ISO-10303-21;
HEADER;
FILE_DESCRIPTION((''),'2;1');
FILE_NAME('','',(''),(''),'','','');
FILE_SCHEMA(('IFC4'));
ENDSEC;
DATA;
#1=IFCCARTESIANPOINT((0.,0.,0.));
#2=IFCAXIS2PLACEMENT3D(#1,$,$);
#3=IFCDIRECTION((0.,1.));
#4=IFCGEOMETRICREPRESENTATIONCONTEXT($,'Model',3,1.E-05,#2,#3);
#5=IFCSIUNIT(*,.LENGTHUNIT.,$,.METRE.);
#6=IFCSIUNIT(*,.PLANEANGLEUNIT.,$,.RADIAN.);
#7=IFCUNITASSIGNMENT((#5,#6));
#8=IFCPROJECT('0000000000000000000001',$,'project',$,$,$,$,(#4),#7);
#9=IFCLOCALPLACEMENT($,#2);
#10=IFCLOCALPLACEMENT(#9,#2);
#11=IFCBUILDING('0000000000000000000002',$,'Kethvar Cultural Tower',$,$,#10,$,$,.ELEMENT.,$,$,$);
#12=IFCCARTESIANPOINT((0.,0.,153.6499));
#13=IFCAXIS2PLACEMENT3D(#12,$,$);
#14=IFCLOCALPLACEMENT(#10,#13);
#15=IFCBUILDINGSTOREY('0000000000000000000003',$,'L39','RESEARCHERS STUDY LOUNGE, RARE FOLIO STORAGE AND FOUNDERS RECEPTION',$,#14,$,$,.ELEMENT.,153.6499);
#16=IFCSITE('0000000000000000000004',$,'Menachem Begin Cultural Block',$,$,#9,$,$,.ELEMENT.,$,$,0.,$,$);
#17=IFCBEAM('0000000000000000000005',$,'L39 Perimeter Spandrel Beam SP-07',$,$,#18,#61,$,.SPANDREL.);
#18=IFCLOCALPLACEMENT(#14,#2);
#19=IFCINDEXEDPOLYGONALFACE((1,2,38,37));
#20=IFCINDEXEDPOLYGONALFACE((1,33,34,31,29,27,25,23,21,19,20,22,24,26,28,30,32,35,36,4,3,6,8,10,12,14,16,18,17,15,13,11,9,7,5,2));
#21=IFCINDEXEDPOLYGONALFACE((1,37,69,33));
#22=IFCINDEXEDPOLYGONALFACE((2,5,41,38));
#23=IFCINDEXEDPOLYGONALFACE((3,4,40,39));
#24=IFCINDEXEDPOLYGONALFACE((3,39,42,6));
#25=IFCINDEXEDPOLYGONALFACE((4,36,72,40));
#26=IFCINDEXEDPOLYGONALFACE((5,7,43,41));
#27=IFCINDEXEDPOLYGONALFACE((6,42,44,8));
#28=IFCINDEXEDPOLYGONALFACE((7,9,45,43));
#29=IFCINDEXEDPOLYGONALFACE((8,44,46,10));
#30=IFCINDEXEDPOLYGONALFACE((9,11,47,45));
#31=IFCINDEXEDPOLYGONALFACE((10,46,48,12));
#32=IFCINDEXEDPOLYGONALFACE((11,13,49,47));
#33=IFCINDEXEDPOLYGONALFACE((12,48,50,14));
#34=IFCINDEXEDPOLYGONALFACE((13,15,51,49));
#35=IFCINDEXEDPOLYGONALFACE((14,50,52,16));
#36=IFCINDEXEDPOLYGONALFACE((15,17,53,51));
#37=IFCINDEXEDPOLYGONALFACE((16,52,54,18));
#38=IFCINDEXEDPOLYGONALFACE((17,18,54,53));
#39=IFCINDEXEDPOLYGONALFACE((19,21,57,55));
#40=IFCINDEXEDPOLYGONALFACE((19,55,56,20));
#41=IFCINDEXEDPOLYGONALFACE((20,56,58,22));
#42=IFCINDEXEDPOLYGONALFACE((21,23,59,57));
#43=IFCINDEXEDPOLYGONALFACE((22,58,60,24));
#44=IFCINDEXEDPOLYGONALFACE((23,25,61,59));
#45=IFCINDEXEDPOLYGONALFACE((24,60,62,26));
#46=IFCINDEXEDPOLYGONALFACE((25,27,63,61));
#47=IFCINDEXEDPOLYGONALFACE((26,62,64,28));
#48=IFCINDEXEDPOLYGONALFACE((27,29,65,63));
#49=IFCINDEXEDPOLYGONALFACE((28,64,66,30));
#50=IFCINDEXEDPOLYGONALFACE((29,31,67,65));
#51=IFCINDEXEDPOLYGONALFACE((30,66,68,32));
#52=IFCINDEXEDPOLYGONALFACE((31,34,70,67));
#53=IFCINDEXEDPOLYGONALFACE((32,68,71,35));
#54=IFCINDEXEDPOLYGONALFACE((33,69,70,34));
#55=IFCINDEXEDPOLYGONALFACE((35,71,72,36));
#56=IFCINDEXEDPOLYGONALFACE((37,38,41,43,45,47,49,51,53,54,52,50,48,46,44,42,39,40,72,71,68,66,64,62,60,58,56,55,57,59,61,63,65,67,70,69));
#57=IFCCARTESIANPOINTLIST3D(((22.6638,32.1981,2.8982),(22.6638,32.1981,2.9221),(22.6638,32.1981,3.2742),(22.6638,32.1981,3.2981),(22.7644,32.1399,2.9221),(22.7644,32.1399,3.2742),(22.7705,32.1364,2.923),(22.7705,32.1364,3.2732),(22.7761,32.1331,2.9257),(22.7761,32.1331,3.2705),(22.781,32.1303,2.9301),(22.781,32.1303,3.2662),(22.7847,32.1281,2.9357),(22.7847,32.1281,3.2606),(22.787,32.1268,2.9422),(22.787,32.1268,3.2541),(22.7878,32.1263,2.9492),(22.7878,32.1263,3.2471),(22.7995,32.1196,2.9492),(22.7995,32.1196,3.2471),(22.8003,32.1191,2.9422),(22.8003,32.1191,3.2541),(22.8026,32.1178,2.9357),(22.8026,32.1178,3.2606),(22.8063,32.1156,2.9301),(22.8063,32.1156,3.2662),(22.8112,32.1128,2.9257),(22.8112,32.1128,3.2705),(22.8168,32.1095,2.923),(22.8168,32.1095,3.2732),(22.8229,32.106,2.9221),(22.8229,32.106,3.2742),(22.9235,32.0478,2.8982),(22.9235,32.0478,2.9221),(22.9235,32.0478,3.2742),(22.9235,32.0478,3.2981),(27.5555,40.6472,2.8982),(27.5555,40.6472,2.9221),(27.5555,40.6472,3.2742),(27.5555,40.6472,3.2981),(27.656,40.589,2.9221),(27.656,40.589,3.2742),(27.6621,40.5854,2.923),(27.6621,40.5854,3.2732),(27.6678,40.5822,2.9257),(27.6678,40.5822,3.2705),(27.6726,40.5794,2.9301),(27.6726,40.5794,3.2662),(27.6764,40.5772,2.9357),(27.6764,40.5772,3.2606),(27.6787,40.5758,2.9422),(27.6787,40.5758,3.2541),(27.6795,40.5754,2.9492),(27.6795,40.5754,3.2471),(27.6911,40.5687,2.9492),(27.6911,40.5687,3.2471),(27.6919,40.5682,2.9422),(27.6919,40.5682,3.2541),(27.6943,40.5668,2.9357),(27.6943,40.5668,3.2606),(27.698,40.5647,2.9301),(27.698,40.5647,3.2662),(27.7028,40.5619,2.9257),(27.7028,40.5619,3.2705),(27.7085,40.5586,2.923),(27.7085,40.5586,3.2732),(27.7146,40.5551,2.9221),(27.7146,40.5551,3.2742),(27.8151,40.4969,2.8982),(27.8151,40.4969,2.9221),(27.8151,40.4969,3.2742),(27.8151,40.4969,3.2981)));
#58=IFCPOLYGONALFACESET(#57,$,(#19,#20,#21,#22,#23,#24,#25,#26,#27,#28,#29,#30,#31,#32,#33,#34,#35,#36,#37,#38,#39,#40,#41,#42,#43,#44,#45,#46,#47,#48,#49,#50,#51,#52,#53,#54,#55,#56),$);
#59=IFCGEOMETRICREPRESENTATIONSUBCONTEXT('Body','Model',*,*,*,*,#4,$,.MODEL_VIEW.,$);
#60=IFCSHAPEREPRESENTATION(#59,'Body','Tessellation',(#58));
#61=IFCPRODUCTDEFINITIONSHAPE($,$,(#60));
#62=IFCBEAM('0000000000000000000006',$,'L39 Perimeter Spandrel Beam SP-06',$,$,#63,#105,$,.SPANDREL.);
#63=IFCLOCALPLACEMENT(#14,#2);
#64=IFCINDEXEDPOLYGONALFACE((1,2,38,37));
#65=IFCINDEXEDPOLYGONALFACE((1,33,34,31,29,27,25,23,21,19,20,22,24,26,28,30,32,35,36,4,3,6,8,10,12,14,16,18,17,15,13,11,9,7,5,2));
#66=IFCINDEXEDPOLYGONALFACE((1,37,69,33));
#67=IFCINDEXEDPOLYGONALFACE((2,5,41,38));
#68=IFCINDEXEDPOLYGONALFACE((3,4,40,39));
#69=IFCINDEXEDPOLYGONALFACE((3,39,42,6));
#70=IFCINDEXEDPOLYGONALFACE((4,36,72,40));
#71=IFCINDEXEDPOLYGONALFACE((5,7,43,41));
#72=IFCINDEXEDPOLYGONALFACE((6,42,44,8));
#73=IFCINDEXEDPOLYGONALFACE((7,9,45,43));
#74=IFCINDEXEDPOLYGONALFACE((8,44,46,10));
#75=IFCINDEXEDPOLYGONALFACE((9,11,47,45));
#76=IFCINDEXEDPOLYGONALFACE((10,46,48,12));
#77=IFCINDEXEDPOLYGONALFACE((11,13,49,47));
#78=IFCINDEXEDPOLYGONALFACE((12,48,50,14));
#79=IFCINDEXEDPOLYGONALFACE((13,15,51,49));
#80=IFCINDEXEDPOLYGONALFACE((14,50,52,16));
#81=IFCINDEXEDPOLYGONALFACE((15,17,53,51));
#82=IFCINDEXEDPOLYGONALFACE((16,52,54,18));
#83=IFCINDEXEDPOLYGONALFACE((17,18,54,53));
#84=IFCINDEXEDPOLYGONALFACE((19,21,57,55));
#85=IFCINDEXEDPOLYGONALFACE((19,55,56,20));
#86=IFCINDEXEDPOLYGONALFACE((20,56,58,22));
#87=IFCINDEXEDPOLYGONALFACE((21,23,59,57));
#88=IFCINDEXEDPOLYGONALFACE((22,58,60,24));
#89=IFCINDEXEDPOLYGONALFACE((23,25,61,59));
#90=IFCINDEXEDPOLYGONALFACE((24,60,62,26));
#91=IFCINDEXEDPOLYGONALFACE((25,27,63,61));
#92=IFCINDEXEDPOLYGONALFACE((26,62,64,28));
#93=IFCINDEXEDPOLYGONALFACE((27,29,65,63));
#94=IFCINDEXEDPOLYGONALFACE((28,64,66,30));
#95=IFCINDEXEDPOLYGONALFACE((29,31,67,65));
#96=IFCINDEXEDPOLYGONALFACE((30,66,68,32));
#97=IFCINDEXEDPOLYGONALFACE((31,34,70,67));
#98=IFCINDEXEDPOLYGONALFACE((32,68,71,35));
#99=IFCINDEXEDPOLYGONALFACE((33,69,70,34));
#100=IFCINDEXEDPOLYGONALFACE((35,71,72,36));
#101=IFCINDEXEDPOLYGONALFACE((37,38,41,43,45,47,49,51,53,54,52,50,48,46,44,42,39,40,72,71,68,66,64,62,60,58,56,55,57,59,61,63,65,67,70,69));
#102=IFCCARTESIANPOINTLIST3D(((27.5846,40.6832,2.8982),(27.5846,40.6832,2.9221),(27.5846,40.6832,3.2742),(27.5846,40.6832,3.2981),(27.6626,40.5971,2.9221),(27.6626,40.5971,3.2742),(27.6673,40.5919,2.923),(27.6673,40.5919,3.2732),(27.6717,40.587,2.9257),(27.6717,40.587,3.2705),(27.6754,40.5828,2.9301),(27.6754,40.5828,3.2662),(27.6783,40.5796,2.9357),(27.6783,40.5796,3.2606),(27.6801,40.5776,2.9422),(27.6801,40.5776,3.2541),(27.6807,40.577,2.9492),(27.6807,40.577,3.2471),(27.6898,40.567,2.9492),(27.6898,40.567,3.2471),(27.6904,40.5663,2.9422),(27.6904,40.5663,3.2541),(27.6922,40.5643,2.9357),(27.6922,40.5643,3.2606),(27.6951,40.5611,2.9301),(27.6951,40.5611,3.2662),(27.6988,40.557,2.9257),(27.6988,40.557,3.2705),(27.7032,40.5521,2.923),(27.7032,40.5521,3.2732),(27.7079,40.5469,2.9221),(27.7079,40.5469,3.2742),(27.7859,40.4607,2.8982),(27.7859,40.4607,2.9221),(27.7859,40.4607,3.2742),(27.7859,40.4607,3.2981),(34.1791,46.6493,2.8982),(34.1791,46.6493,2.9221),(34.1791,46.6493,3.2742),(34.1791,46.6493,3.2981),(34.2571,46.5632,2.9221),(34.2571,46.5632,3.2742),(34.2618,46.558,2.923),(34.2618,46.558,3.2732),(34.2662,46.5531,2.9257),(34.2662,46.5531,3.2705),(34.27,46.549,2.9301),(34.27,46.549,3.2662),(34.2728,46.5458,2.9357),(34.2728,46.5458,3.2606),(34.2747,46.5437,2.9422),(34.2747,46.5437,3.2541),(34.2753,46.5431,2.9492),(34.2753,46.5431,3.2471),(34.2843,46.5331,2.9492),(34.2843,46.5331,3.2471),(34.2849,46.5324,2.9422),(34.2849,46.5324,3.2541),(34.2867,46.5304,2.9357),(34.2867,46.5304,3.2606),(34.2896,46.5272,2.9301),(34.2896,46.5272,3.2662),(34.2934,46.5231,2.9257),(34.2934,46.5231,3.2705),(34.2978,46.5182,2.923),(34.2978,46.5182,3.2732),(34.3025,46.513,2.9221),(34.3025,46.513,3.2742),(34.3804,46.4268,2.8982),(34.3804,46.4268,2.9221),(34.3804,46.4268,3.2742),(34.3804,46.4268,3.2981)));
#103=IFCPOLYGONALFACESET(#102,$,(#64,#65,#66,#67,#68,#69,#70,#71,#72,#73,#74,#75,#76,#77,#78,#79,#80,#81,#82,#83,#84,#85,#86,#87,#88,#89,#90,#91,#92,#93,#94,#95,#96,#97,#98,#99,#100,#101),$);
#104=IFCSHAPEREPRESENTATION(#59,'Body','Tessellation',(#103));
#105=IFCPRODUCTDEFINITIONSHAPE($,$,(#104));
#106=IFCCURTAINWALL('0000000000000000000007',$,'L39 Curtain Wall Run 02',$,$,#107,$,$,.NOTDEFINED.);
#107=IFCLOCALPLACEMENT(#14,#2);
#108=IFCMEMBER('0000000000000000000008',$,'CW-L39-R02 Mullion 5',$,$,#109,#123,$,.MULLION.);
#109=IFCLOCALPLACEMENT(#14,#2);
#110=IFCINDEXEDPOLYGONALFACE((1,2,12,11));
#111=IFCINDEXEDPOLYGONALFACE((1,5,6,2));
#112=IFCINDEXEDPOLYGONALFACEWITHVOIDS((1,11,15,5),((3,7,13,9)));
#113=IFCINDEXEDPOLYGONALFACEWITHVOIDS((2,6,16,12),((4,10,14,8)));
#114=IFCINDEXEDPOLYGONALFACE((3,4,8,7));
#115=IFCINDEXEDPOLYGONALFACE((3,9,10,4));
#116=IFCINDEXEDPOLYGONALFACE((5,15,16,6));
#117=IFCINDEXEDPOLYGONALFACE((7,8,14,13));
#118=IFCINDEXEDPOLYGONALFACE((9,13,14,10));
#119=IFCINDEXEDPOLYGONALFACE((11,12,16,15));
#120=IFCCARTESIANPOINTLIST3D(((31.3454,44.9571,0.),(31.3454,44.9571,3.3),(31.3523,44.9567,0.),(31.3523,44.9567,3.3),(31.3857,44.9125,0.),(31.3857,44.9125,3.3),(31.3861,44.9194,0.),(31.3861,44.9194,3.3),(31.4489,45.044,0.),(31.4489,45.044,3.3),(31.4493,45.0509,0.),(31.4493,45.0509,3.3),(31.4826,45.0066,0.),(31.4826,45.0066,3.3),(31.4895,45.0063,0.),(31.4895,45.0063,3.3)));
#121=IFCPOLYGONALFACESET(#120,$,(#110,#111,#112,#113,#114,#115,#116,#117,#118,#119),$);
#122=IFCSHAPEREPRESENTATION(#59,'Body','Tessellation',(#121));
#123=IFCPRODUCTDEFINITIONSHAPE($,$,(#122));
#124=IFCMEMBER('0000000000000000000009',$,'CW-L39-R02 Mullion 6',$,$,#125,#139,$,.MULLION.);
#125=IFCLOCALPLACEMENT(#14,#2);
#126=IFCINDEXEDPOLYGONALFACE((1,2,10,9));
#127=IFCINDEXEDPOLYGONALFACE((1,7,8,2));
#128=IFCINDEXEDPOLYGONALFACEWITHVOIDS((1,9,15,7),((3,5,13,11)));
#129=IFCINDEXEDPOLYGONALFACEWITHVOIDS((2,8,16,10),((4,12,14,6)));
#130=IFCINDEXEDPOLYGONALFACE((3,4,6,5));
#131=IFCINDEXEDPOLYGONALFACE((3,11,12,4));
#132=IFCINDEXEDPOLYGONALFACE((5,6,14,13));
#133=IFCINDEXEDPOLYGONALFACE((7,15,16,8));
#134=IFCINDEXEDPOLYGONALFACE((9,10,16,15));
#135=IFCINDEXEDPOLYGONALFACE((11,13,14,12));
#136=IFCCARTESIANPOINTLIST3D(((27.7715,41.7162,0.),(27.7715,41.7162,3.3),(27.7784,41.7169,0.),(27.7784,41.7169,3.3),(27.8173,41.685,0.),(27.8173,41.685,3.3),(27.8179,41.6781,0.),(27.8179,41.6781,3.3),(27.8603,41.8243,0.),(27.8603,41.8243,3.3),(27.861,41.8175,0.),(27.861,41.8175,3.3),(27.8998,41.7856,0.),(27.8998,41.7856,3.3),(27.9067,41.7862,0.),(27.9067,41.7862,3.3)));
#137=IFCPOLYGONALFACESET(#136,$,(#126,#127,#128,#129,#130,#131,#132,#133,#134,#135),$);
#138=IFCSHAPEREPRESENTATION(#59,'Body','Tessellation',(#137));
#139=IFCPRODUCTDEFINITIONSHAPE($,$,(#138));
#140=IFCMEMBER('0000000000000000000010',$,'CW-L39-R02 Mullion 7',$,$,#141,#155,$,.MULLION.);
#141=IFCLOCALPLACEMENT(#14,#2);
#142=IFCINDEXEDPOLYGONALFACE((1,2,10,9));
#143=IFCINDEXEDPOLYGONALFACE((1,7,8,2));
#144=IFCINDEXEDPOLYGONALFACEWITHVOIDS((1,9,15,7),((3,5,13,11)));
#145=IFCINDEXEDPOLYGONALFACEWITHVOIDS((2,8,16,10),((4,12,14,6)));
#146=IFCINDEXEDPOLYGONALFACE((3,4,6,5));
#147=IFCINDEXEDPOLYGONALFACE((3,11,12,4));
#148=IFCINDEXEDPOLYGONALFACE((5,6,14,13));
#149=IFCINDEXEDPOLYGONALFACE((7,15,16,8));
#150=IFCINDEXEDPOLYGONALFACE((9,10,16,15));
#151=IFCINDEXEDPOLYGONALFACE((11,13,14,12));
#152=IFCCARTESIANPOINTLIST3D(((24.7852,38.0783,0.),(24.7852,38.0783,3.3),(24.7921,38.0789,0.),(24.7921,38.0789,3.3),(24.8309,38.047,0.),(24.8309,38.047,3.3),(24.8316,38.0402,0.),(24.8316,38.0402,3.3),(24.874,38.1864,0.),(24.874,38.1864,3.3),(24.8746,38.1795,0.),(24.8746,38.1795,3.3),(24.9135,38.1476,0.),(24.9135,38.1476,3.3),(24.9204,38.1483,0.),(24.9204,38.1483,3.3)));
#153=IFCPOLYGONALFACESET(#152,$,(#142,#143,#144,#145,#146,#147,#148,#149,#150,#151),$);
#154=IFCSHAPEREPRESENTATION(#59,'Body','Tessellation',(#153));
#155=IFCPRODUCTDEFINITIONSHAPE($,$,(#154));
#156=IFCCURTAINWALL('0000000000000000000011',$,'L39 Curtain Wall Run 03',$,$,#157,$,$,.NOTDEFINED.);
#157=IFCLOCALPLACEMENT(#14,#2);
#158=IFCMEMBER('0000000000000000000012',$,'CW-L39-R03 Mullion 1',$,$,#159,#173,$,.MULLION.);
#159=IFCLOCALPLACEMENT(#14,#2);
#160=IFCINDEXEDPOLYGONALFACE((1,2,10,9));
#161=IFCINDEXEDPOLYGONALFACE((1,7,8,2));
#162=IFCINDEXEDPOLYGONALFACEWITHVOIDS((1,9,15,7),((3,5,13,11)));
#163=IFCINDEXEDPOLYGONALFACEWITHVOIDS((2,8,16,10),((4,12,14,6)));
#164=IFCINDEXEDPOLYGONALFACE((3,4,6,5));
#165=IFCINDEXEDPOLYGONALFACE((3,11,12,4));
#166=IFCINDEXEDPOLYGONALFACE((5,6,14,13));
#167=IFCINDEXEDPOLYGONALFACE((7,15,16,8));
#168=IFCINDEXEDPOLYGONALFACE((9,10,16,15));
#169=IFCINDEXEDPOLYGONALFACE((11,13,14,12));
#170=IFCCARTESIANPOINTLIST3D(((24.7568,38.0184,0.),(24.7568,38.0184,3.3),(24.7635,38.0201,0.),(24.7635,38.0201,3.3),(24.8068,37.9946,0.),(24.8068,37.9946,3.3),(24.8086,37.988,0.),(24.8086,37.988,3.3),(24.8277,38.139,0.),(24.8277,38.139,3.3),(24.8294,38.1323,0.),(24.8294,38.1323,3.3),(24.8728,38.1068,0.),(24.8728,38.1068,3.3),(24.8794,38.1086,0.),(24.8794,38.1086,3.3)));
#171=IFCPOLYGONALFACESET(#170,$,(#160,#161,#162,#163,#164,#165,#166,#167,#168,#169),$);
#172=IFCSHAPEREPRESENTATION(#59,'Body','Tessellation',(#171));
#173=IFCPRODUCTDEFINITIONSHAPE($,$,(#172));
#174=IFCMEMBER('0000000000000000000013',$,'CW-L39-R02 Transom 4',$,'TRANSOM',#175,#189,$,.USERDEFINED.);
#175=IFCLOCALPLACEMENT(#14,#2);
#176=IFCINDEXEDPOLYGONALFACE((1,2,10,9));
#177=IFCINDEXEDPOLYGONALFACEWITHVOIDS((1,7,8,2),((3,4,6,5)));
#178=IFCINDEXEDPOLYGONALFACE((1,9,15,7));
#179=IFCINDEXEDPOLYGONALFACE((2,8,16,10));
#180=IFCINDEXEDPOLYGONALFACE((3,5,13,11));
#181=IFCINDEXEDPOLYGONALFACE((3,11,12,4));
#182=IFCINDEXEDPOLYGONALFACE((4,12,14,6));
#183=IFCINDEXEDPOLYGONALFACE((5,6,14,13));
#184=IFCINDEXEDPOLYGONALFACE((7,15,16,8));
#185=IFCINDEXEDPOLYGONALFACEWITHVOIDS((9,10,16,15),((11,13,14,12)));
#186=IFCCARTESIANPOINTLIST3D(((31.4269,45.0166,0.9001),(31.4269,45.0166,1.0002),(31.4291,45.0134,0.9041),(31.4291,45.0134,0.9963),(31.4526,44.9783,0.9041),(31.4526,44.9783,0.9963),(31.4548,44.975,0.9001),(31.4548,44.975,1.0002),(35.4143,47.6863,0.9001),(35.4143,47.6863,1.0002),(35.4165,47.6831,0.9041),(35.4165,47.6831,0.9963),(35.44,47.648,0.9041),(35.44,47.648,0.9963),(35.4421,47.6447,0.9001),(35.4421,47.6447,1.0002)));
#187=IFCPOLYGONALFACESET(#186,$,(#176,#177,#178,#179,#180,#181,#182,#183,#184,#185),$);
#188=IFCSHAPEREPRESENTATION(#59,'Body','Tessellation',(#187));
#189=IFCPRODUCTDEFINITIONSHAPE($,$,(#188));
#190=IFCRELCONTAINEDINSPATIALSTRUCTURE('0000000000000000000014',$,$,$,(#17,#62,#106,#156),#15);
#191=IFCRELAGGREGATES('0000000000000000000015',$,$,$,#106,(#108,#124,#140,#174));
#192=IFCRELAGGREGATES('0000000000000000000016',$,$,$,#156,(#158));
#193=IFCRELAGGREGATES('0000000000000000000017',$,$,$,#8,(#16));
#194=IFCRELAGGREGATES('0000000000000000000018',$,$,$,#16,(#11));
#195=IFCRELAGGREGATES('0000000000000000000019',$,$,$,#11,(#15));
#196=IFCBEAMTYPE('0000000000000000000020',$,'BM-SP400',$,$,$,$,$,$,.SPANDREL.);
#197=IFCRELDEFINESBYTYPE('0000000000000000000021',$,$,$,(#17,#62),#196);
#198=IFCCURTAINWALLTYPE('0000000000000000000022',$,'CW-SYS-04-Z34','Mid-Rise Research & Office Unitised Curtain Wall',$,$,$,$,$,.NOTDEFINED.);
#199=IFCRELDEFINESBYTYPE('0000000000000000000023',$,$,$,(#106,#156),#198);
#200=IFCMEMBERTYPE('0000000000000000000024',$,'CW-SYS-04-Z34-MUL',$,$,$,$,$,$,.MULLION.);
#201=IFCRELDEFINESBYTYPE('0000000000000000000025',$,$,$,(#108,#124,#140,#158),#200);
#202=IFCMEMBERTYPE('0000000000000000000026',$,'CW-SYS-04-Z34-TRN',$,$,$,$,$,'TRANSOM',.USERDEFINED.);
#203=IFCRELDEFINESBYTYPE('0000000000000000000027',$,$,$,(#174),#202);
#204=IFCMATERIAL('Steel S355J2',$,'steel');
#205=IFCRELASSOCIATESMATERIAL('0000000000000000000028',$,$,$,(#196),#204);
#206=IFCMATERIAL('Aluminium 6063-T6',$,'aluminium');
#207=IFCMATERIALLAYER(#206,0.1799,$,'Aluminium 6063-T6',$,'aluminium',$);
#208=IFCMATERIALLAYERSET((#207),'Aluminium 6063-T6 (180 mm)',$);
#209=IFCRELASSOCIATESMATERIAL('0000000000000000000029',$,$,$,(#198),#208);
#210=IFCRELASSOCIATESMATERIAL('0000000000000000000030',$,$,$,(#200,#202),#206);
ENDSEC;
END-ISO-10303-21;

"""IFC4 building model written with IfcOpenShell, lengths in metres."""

from ifc_helpers import new_model, si_unit, direction, frame, origin, origin_2d, place, context, subcontext, project, spatial, hollow_rectangle, i_section, extrude, source, transform, mapped, material, layer, layer_set, material_profile, profile_set, type_object, element, aggregate, save


model = new_model("IFC4")

# Units and contexts
model_context = context("Model", 3, precision=1e-05, world=origin(), true_north=direction((0.0, 1.0)))
body_context = subcontext(model_context, "Body", "Model", "MODEL_VIEW")
ifc_project = project(units=[si_unit("LENGTHUNIT", "METRE"), si_unit("PLANEANGLEUNIT", "RADIAN")], contexts=[model_context])

# Site, building, storey
site_placement = place(None, origin())
site = spatial("IfcSite", under=ifc_project, at=site_placement, Name="Menachem Begin Cultural Block", CompositionType="ELEMENT", RefElevation=0.0)
building_placement = place(site_placement, origin())
building = spatial("IfcBuilding", under=site, at=building_placement, Name="Kethvar Cultural Tower", CompositionType="ELEMENT")
storey_placement = place(building_placement, frame((0.0, 0.0, 153.6499)))
storey = spatial("IfcBuildingStorey", under=building, at=storey_placement, Name="L39", Description="RESEARCHERS STUDY LOUNGE, RARE FOLIO STORAGE AND FOUNDERS RECEPTION", CompositionType="ELEMENT", Elevation=153.6499)

# Beams
ifc_material_1 = material(Name="Steel S355J2", Category="steel")
ifc_material_profile_1 = material_profile(ifc_material_1, i_section(OverallWidth=0.3, OverallDepth=0.3999, WebThickness=0.0134, FlangeThickness=0.0239, FilletRadius=0.0271, at=origin_2d()), Name="Steel S355J2 — HEB400")
ifc_profile_set_1 = profile_set([ifc_material_profile_1], Name="Steel S355J2 — HEB400")
beam_type_1 = type_object("IfcBeamType", Name="BM-SP400", PredefinedType="SPANDREL", material=ifc_profile_set_1)
shared_shape_1 = source(origin(), body_context, "Body", "SweptSolid", [
    extrude(i_section(OverallWidth=0.3, OverallDepth=0.3999, WebThickness=0.0134, FlangeThickness=0.0239, FilletRadius=0.0271, at=origin_2d()), origin(), (0.0, 0.0, 1.0), 9.7629),
])
beam_1_placement = place(storey_placement, frame((27.6853, 40.572, 3.0981), z_axis=(-0.501043, -0.865422, 0.0), x_axis=(0.865422, -0.501043, 0.0)))
element("IfcBeam", 1, at=beam_1_placement, inside=storey, type_object=beam_type_1, Name="L39 Perimeter Spandrel Beam SP-07", PredefinedType="SPANDREL", context=body_context, shape_type="MappedRepresentation", body=[
    mapped(shared_shape_1, transform((0.0, 0.0, 0.0), scale=1.0)),
])
shared_shape_2 = source(origin(), body_context, "Body", "SweptSolid", [
    extrude(i_section(OverallWidth=0.3, OverallDepth=0.3999, WebThickness=0.0134, FlangeThickness=0.0239, FilletRadius=0.0271, at=origin_2d()), origin(), (0.0, 0.0, 1.0), 8.8928),
])
beam_2_placement = place(storey_placement, frame((34.2798, 46.5381, 3.0981), z_axis=(-0.741557, -0.67089, 0.0), x_axis=(0.67089, -0.741557, 0.0)))
element("IfcBeam", 2, at=beam_2_placement, inside=storey, type_object=beam_type_1, Name="L39 Perimeter Spandrel Beam SP-06", PredefinedType="SPANDREL", context=body_context, shape_type="MappedRepresentation", body=[
    mapped(shared_shape_2, transform((0.0, 0.0, 0.0), scale=1.0)),
])

# Curtain wall, members
ifc_material_2 = material(Name="Aluminium 6063-T6", Category="aluminium")
ifc_layer_1 = layer(ifc_material_2, 0.1799, Name="Aluminium 6063-T6", Category="aluminium")
ifc_layer_set_1 = layer_set([ifc_layer_1], Name="Aluminium 6063-T6 (180 mm)")
curtain_wall_type = type_object("IfcCurtainWallType", Name="CW-SYS-04-Z34", Description="Mid-Rise Research & Office Unitised Curtain Wall", PredefinedType="NOTDEFINED", material=ifc_layer_set_1)
curtain_wall_1_placement = place(storey_placement, origin())
curtain_wall_1 = element("IfcCurtainWall", 3, at=curtain_wall_1_placement, inside=storey, type_object=curtain_wall_type, Name="L39 Curtain Wall Run 02", PredefinedType="NOTDEFINED")
ifc_material_profile_2 = material_profile(ifc_material_2, hollow_rectangle(XDim=0.0601, YDim=0.1399, WallThickness=0.0049, at=origin_2d()), Name="Aluminium 6063-T6 — RHS140x60x5")
ifc_profile_set_2 = profile_set([ifc_material_profile_2], Name="Aluminium 6063-T6 — RHS140x60x5")
member_type_1 = type_object("IfcMemberType", Name="CW-SYS-04-Z34-MUL", PredefinedType="MULLION", material=ifc_profile_set_2)
shared_shape_3 = source(origin(), body_context, "Body", "SweptSolid", [
    extrude(hollow_rectangle(XDim=0.0601, YDim=0.1399, WallThickness=0.0049, at=origin_2d()), origin(), (0.0, 0.0, 1.0), 3.3),
])
member_1_placement = place(storey_placement, frame((31.4175, 44.9817, 0.0), z_axis=(0.0, 0.0, 1.0), x_axis=(0.670271, -0.742116, 0.0)))
member_1 = element("IfcMember", 4, at=member_1_placement, type_object=member_type_1, Name="CW-L39-R02 Mullion 5", PredefinedType="MULLION", context=body_context, shape_type="MappedRepresentation", body=[
    mapped(shared_shape_3, transform((0.0, 0.0, 0.0), scale=1.0)),
])
member_2_placement = place(storey_placement, frame((27.8391, 41.7512, 0.0), z_axis=(0.0, 0.0, 1.0), x_axis=(0.772955, -0.634461, 0.0)))
member_2 = element("IfcMember", 5, at=member_2_placement, type_object=member_type_1, Name="CW-L39-R02 Mullion 6", PredefinedType="MULLION", context=body_context, shape_type="MappedRepresentation", body=[
    mapped(shared_shape_3, transform((0.0, 0.0, 0.0), scale=1.0)),
])
member_3_placement = place(storey_placement, frame((24.8528, 38.1133, 0.0), z_axis=(0.0, 0.0, 1.0), x_axis=(0.772955, -0.634461, 0.0)))
member_3 = element("IfcMember", 6, at=member_3_placement, type_object=member_type_1, Name="CW-L39-R02 Mullion 7", PredefinedType="MULLION", context=body_context, shape_type="MappedRepresentation", body=[
    mapped(shared_shape_3, transform((0.0, 0.0, 0.0), scale=1.0)),
])

# Curtain wall, member
curtain_wall_2_placement = place(storey_placement, origin())
curtain_wall_2 = element("IfcCurtainWall", 7, at=curtain_wall_2_placement, inside=storey, type_object=curtain_wall_type, Name="L39 Curtain Wall Run 03", PredefinedType="NOTDEFINED")
member_4_placement = place(storey_placement, frame((24.8181, 38.0635, 0.0), z_axis=(0.0, 0.0, 1.0), x_axis=(0.862125, -0.506696, 0.0)))
member_4 = element("IfcMember", 8, at=member_4_placement, type_object=member_type_1, Name="CW-L39-R03 Mullion 1", PredefinedType="MULLION", context=body_context, shape_type="MappedRepresentation", body=[
    mapped(shared_shape_3, transform((0.0, 0.0, 0.0), scale=1.0)),
])

# Member
ifc_material_profile_3 = material_profile(ifc_material_2, hollow_rectangle(XDim=0.05, YDim=0.1001, WallThickness=0.0039, at=origin_2d()), Name="Aluminium 6063-T6 — RHS100x50x4")
ifc_profile_set_3 = profile_set([ifc_material_profile_3], Name="Aluminium 6063-T6 — RHS100x50x4")
member_type_2 = type_object("IfcMemberType", Name="CW-SYS-04-Z34-TRN", ElementType="TRANSOM", PredefinedType="USERDEFINED", material=ifc_profile_set_3)
shared_shape_4 = source(origin(), body_context, "Body", "SweptSolid", [
    extrude(hollow_rectangle(XDim=0.05, YDim=0.1001, WallThickness=0.0039, at=origin_2d()), origin(), (0.0, 0.0, 1.0), 4.7986),
])
member_5_placement = place(storey_placement, frame((35.4282, 47.6655, 0.9502), z_axis=(-0.830945, -0.556355, 0.0), x_axis=(0.556355, -0.830945, 0.0)))
member_5 = element("IfcMember", 9, at=member_5_placement, type_object=member_type_2, Name="CW-L39-R02 Transom 4", ObjectType="TRANSOM", PredefinedType="USERDEFINED", context=body_context, shape_type="MappedRepresentation", body=[
    mapped(shared_shape_4, transform((0.0, 0.0, 0.0), scale=1.0)),
])

aggregate(curtain_wall_1, [member_1, member_2, member_3, member_5])
aggregate(curtain_wall_2, [member_4])

save(model, "model.ifc")
